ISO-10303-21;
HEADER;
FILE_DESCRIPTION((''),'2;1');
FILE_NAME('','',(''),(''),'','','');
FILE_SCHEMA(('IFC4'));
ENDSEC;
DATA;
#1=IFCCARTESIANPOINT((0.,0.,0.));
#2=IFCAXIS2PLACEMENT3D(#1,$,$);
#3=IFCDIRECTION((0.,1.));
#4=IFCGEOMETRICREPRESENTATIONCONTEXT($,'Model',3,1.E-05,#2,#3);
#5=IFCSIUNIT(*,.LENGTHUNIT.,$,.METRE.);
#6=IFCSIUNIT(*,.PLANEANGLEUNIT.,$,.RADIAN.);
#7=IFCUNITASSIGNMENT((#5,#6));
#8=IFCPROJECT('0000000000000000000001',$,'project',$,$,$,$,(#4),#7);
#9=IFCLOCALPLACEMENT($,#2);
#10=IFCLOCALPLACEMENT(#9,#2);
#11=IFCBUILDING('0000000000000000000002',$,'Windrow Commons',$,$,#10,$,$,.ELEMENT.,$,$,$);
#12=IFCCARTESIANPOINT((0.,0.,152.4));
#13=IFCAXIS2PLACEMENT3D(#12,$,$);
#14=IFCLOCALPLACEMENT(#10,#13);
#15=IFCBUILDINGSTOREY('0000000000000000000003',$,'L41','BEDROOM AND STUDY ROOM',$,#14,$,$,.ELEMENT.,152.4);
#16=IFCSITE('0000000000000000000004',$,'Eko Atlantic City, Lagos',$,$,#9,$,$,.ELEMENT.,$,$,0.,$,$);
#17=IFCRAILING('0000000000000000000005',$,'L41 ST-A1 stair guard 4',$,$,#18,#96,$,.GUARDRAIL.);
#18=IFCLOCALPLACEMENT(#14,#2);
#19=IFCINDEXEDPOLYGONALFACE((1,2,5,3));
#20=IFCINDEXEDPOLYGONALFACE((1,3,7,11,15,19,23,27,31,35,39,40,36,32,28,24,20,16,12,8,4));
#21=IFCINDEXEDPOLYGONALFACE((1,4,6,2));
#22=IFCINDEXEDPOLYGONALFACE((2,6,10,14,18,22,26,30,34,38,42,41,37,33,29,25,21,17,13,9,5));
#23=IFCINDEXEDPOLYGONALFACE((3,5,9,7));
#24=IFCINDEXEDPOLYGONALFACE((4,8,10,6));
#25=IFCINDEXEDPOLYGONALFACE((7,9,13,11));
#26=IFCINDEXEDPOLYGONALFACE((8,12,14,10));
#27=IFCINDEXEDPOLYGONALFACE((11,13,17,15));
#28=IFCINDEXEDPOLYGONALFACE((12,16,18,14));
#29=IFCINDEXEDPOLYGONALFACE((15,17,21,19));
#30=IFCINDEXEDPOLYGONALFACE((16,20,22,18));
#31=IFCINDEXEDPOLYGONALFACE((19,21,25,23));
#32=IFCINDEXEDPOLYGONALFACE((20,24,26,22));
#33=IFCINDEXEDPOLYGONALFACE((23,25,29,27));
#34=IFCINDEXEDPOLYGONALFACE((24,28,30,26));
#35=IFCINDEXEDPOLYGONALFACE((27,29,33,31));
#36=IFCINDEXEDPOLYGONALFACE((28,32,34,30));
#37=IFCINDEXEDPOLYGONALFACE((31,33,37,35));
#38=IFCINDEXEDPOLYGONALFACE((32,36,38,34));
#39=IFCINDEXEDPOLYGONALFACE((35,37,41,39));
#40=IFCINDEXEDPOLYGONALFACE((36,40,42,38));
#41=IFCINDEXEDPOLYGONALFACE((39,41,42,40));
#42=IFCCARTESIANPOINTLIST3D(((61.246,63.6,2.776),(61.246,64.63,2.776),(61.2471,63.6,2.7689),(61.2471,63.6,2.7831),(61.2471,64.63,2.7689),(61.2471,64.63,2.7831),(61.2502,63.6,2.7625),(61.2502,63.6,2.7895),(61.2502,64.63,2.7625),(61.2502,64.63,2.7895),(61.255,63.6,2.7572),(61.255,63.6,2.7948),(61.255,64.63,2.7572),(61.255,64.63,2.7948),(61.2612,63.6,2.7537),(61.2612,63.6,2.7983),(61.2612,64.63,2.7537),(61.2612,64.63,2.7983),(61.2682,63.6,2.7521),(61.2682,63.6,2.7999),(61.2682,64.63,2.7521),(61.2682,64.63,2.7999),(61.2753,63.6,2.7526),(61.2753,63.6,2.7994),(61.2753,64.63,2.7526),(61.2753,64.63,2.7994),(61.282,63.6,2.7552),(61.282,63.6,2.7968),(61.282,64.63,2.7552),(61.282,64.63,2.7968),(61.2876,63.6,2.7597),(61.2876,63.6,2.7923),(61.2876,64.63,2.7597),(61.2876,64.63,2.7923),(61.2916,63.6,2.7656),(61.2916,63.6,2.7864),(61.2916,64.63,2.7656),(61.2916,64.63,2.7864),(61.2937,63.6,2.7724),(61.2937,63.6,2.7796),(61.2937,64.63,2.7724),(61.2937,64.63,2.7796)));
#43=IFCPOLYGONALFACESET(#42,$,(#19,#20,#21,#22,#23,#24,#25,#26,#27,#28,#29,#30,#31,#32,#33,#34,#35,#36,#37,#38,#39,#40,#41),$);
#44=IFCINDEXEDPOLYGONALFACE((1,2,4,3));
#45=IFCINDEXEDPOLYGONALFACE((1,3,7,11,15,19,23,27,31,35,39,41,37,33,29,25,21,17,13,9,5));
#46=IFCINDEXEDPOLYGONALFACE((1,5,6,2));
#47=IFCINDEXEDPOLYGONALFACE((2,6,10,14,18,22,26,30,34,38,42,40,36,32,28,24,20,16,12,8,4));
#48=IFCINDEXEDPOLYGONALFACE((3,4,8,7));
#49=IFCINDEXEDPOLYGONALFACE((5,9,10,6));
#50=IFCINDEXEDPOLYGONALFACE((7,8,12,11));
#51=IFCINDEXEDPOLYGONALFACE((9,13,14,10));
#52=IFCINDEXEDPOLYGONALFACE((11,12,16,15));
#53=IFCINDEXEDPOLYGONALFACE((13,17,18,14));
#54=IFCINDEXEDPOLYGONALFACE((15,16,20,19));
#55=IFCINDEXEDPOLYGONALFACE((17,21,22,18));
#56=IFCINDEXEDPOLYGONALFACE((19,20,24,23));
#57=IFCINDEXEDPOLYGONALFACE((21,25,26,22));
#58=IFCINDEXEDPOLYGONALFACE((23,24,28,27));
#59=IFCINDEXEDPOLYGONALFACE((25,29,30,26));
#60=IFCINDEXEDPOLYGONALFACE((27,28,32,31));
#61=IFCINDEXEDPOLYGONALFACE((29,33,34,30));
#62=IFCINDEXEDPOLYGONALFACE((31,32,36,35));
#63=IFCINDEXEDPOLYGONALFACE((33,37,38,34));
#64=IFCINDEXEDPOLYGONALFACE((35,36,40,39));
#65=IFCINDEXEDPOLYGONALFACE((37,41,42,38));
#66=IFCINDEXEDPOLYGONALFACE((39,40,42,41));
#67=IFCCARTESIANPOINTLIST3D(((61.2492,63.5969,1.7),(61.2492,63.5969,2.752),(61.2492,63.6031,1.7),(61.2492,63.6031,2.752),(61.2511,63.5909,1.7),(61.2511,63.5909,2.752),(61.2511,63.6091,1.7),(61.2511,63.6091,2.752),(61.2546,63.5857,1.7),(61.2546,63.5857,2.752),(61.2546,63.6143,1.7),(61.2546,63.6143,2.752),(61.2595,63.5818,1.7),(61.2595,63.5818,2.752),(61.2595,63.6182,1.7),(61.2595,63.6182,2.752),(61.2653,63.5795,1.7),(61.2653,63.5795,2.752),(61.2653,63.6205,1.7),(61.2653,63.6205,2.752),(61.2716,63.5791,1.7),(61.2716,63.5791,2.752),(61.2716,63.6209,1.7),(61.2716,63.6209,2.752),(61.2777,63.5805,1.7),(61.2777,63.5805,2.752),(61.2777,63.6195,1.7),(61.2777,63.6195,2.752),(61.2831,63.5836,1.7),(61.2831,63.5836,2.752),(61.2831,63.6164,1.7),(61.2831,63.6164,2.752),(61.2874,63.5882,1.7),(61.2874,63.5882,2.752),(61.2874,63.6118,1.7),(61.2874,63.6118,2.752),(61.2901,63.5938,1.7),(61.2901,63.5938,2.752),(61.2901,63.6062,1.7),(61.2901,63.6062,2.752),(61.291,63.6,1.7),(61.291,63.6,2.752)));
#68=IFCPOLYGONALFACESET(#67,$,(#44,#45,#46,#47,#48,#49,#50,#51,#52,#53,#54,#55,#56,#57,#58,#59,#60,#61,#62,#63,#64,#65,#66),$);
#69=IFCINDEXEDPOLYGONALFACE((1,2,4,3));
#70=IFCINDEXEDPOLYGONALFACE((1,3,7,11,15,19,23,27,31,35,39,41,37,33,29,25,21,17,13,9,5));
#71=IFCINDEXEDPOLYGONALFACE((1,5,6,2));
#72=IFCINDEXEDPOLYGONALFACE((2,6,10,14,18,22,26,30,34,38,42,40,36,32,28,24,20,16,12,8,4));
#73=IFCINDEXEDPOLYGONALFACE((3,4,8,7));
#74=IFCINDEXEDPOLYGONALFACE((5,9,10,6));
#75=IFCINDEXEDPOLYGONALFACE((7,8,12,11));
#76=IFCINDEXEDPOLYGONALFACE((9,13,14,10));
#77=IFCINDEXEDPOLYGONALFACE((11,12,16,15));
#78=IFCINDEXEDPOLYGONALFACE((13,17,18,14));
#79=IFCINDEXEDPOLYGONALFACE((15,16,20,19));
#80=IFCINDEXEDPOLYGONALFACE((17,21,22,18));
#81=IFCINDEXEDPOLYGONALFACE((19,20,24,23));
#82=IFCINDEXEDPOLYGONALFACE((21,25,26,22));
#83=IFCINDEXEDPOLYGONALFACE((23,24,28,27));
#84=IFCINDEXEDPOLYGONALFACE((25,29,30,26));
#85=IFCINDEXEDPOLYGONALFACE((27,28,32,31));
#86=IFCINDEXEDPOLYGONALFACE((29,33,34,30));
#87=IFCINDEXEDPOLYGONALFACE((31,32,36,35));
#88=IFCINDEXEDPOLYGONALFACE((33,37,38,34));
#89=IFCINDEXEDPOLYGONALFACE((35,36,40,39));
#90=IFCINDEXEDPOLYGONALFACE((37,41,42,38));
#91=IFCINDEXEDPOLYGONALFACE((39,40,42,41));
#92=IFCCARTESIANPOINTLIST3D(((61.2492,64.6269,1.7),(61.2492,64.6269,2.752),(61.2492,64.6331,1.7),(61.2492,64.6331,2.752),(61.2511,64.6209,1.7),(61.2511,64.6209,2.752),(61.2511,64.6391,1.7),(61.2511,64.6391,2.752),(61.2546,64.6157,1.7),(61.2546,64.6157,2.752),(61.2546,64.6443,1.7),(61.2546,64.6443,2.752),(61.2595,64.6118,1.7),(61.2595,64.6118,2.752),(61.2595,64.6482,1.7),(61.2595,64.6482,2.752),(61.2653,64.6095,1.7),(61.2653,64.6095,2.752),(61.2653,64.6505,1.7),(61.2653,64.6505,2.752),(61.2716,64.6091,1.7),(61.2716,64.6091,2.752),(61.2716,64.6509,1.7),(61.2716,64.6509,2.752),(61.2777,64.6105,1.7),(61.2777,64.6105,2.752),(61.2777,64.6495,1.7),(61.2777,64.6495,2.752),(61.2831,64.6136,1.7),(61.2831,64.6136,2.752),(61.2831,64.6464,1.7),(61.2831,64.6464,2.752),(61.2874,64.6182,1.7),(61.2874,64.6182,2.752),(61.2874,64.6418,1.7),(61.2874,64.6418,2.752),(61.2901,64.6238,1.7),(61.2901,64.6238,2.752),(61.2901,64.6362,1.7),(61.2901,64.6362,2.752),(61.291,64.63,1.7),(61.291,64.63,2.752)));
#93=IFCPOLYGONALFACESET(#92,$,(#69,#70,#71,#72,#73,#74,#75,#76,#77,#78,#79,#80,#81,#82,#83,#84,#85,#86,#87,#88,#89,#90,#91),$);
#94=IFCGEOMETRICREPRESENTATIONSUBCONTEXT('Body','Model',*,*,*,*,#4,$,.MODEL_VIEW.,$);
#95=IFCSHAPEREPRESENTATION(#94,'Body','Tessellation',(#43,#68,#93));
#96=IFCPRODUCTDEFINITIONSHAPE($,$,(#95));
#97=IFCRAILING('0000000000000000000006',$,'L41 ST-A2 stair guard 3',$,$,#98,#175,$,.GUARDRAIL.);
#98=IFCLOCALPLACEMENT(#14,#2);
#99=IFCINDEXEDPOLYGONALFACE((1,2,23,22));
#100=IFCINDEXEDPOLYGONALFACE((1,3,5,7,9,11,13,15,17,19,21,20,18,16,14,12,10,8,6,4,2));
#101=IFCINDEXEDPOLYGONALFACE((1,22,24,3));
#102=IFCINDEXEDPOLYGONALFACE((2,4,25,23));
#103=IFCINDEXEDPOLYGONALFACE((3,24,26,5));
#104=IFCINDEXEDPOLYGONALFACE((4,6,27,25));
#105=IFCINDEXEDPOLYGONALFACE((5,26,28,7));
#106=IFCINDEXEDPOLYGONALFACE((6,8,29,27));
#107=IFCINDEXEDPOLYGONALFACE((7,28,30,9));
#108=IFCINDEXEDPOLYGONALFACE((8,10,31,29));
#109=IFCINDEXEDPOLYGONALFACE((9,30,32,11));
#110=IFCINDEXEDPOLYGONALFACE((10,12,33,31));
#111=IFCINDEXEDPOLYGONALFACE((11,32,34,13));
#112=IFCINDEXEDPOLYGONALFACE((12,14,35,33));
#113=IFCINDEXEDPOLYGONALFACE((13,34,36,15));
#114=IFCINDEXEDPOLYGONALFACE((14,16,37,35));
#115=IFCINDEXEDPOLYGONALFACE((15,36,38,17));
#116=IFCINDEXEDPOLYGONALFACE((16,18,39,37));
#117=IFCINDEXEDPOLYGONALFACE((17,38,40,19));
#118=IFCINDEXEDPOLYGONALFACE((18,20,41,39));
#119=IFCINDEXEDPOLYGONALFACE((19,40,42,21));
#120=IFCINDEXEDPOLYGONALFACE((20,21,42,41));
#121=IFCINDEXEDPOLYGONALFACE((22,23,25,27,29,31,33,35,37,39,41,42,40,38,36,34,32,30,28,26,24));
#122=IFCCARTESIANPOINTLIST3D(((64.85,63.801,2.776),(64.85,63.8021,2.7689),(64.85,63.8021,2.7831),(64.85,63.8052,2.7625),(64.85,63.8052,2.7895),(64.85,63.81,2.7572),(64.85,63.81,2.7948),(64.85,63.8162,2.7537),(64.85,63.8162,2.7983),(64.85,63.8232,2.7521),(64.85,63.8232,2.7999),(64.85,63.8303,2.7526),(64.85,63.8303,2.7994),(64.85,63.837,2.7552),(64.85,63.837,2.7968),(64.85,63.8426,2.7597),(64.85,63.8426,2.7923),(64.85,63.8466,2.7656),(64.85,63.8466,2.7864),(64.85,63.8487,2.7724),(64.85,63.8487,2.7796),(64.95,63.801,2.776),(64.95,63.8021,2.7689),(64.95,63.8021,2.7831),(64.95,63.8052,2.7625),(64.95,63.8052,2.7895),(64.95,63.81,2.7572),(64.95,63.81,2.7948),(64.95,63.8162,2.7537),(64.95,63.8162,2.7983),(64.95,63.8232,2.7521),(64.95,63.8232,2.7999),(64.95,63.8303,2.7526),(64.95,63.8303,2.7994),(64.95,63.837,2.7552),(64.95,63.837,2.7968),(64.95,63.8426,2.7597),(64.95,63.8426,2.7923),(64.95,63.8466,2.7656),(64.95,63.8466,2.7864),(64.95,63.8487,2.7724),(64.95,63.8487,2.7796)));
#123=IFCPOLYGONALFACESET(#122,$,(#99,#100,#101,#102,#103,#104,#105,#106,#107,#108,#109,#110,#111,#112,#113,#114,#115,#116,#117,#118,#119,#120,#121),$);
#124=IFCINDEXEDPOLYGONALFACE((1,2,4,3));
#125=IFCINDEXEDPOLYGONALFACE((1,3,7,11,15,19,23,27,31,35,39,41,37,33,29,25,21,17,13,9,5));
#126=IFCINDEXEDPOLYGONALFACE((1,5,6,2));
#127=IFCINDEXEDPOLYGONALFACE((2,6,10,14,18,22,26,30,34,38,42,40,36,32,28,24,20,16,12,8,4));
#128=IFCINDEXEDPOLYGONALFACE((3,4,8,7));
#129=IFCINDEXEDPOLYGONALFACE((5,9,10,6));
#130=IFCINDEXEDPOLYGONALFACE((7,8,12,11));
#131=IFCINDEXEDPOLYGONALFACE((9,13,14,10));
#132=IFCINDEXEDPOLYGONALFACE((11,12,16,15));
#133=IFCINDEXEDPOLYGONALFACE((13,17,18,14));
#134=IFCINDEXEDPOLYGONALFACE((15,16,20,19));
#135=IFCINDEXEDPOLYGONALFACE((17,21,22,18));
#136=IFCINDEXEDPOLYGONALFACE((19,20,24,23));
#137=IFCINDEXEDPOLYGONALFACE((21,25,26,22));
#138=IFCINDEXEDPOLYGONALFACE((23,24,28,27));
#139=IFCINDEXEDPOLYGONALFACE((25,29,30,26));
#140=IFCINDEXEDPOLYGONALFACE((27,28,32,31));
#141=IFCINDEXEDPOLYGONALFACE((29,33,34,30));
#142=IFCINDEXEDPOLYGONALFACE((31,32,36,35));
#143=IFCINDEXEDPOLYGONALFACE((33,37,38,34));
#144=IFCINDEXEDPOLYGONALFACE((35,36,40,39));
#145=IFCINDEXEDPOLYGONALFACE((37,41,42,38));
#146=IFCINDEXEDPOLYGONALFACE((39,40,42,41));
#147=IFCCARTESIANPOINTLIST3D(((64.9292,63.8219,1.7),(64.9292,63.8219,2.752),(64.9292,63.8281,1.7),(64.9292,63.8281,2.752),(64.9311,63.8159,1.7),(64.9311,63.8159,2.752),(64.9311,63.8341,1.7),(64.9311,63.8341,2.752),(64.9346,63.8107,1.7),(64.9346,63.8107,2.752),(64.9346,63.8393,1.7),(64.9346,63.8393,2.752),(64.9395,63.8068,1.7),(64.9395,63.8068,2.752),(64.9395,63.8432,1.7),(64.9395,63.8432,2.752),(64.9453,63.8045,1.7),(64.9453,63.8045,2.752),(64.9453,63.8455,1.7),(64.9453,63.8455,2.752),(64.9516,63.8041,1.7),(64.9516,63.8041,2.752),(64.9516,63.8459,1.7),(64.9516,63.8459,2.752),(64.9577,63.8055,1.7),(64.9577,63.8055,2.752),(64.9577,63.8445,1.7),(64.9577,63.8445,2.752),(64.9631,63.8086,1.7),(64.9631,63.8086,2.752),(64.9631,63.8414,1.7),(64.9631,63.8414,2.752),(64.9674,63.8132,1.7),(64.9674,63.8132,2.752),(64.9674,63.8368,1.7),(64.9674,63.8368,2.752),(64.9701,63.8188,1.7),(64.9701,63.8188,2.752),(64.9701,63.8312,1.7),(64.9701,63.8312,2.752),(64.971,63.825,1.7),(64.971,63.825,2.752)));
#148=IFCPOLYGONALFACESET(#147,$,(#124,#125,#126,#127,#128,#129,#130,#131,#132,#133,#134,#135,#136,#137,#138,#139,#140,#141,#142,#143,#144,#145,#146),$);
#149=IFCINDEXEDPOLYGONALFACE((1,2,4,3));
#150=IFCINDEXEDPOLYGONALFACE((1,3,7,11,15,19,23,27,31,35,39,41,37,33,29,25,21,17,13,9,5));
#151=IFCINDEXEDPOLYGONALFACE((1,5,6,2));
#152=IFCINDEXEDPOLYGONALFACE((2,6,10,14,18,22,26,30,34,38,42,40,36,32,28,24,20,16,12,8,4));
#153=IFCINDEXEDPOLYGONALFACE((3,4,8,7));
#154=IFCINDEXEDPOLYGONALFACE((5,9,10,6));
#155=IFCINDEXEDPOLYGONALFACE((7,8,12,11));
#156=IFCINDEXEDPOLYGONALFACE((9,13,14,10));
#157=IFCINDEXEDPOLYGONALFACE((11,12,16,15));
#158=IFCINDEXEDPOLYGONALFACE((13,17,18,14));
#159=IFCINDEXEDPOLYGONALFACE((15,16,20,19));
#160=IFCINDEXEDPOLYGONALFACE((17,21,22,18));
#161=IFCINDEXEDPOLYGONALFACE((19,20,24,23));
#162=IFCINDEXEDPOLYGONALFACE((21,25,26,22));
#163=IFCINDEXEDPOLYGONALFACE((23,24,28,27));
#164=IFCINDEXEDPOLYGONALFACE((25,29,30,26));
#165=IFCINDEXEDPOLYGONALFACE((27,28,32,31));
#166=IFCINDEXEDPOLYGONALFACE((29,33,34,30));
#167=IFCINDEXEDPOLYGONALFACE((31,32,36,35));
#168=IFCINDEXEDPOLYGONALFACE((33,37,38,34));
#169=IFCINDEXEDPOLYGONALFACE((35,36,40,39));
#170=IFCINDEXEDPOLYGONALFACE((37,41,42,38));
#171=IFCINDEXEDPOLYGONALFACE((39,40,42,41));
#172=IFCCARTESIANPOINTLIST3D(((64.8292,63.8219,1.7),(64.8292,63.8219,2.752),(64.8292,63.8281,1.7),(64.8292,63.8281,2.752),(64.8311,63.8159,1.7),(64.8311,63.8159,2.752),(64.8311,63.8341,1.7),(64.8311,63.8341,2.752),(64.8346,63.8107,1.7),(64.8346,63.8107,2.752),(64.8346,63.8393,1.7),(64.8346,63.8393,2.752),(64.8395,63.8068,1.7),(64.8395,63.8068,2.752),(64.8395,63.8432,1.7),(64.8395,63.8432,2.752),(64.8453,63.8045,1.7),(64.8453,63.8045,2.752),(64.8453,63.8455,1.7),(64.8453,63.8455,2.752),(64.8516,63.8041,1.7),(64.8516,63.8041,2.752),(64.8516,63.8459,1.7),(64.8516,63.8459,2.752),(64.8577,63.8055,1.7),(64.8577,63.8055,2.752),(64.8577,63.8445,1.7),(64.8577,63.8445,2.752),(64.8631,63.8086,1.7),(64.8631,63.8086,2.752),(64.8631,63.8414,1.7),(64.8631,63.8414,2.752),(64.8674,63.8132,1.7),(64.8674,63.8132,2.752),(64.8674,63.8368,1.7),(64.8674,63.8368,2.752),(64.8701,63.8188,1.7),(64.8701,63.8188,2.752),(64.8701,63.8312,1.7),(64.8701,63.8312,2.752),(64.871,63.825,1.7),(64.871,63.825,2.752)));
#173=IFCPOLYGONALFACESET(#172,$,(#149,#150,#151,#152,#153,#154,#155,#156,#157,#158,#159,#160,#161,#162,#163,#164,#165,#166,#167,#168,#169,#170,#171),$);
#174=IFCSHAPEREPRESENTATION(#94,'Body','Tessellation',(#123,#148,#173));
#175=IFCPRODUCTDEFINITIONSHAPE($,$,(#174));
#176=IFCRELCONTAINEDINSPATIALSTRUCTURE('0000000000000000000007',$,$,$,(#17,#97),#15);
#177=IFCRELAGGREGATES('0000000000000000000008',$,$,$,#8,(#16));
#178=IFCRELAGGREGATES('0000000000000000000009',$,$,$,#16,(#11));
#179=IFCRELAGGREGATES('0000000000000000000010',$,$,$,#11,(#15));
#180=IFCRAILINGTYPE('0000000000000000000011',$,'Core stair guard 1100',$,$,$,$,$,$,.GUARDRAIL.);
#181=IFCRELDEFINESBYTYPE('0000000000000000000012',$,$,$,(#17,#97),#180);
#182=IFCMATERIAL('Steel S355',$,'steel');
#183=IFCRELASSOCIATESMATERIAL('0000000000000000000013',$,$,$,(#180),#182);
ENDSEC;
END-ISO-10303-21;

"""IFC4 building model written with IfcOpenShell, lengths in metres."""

from ifc_helpers import new_model, si_unit, direction, frame, origin, origin_2d, place, context, subcontext, project, spatial, circle, extrude, material, type_object, element, save


model = new_model("IFC4")

# Units and contexts
model_context = context("Model", 3, precision=1e-05, world=origin(), true_north=direction((0.0, 1.0)))
body_context = subcontext(model_context, "Body", "Model", "MODEL_VIEW")
ifc_project = project(units=[si_unit("LENGTHUNIT", "METRE"), si_unit("PLANEANGLEUNIT", "RADIAN")], contexts=[model_context])

# Site, building, storey
site_placement = place(None, origin())
site = spatial("IfcSite", under=ifc_project, at=site_placement, Name="Eko Atlantic City, Lagos", CompositionType="ELEMENT", RefElevation=0.0)
building_placement = place(site_placement, origin())
building = spatial("IfcBuilding", under=site, at=building_placement, Name="Windrow Commons", CompositionType="ELEMENT")
storey_placement = place(building_placement, frame((0.0, 0.0, 152.4)))
storey = spatial("IfcBuildingStorey", under=building, at=storey_placement, Name="L41", Description="BEDROOM AND STUDY ROOM", CompositionType="ELEMENT", Elevation=152.4)

# Railings
ifc_material_1 = material(Name="Steel S355", Category="steel")
railing_type_1 = type_object("IfcRailingType", Name="Core stair guard 1100", PredefinedType="GUARDRAIL", material=ifc_material_1)
for number, where, name in (
    (1, (61.27, 63.6, 1.7), "L41 ST-A1 stair guard 4"),
):
    element("IfcRailing", number, at=place(storey_placement, frame(where)), inside=storey, type_object=railing_type_1, Name=name, PredefinedType="GUARDRAIL", context=body_context, shape_type="SweptSolid", body=[
        extrude(circle(Radius=0.024, at=origin_2d()), frame((0.0, 0.0, 1.076), z_axis=(0.0, 1.0, 0.0), x_axis=(-1.0, 0.0, 0.0)), (0.0, 0.0, 1.0), 1.03),
        extrude(circle(Radius=0.021, at=origin_2d()), origin(), (0.0, 0.0, 1.0), 1.052),
        extrude(circle(Radius=0.021, at=origin_2d()), frame((0.0, 1.03, 0.0)), (0.0, 0.0, 1.0), 1.052),
    ])
railing_1_placement = place(storey_placement, frame((64.95, 63.825, 1.7)))
element("IfcRailing", 2, at=railing_1_placement, inside=storey, type_object=railing_type_1, Name="L41 ST-A2 stair guard 3", PredefinedType="GUARDRAIL", context=body_context, shape_type="SweptSolid", body=[
    extrude(circle(Radius=0.024, at=origin_2d()), frame((0.0, 0.0, 1.076), z_axis=(-1.0, 0.0, 0.0), x_axis=(0.0, -1.0, 0.0)), (0.0, 0.0, 1.0), 0.1),
    extrude(circle(Radius=0.021, at=origin_2d()), origin(), (0.0, 0.0, 1.0), 1.052),
    extrude(circle(Radius=0.021, at=origin_2d()), frame((-0.1, 0.0, 0.0)), (0.0, 0.0, 1.0), 1.052),
])

save(model, "model.ifc")
